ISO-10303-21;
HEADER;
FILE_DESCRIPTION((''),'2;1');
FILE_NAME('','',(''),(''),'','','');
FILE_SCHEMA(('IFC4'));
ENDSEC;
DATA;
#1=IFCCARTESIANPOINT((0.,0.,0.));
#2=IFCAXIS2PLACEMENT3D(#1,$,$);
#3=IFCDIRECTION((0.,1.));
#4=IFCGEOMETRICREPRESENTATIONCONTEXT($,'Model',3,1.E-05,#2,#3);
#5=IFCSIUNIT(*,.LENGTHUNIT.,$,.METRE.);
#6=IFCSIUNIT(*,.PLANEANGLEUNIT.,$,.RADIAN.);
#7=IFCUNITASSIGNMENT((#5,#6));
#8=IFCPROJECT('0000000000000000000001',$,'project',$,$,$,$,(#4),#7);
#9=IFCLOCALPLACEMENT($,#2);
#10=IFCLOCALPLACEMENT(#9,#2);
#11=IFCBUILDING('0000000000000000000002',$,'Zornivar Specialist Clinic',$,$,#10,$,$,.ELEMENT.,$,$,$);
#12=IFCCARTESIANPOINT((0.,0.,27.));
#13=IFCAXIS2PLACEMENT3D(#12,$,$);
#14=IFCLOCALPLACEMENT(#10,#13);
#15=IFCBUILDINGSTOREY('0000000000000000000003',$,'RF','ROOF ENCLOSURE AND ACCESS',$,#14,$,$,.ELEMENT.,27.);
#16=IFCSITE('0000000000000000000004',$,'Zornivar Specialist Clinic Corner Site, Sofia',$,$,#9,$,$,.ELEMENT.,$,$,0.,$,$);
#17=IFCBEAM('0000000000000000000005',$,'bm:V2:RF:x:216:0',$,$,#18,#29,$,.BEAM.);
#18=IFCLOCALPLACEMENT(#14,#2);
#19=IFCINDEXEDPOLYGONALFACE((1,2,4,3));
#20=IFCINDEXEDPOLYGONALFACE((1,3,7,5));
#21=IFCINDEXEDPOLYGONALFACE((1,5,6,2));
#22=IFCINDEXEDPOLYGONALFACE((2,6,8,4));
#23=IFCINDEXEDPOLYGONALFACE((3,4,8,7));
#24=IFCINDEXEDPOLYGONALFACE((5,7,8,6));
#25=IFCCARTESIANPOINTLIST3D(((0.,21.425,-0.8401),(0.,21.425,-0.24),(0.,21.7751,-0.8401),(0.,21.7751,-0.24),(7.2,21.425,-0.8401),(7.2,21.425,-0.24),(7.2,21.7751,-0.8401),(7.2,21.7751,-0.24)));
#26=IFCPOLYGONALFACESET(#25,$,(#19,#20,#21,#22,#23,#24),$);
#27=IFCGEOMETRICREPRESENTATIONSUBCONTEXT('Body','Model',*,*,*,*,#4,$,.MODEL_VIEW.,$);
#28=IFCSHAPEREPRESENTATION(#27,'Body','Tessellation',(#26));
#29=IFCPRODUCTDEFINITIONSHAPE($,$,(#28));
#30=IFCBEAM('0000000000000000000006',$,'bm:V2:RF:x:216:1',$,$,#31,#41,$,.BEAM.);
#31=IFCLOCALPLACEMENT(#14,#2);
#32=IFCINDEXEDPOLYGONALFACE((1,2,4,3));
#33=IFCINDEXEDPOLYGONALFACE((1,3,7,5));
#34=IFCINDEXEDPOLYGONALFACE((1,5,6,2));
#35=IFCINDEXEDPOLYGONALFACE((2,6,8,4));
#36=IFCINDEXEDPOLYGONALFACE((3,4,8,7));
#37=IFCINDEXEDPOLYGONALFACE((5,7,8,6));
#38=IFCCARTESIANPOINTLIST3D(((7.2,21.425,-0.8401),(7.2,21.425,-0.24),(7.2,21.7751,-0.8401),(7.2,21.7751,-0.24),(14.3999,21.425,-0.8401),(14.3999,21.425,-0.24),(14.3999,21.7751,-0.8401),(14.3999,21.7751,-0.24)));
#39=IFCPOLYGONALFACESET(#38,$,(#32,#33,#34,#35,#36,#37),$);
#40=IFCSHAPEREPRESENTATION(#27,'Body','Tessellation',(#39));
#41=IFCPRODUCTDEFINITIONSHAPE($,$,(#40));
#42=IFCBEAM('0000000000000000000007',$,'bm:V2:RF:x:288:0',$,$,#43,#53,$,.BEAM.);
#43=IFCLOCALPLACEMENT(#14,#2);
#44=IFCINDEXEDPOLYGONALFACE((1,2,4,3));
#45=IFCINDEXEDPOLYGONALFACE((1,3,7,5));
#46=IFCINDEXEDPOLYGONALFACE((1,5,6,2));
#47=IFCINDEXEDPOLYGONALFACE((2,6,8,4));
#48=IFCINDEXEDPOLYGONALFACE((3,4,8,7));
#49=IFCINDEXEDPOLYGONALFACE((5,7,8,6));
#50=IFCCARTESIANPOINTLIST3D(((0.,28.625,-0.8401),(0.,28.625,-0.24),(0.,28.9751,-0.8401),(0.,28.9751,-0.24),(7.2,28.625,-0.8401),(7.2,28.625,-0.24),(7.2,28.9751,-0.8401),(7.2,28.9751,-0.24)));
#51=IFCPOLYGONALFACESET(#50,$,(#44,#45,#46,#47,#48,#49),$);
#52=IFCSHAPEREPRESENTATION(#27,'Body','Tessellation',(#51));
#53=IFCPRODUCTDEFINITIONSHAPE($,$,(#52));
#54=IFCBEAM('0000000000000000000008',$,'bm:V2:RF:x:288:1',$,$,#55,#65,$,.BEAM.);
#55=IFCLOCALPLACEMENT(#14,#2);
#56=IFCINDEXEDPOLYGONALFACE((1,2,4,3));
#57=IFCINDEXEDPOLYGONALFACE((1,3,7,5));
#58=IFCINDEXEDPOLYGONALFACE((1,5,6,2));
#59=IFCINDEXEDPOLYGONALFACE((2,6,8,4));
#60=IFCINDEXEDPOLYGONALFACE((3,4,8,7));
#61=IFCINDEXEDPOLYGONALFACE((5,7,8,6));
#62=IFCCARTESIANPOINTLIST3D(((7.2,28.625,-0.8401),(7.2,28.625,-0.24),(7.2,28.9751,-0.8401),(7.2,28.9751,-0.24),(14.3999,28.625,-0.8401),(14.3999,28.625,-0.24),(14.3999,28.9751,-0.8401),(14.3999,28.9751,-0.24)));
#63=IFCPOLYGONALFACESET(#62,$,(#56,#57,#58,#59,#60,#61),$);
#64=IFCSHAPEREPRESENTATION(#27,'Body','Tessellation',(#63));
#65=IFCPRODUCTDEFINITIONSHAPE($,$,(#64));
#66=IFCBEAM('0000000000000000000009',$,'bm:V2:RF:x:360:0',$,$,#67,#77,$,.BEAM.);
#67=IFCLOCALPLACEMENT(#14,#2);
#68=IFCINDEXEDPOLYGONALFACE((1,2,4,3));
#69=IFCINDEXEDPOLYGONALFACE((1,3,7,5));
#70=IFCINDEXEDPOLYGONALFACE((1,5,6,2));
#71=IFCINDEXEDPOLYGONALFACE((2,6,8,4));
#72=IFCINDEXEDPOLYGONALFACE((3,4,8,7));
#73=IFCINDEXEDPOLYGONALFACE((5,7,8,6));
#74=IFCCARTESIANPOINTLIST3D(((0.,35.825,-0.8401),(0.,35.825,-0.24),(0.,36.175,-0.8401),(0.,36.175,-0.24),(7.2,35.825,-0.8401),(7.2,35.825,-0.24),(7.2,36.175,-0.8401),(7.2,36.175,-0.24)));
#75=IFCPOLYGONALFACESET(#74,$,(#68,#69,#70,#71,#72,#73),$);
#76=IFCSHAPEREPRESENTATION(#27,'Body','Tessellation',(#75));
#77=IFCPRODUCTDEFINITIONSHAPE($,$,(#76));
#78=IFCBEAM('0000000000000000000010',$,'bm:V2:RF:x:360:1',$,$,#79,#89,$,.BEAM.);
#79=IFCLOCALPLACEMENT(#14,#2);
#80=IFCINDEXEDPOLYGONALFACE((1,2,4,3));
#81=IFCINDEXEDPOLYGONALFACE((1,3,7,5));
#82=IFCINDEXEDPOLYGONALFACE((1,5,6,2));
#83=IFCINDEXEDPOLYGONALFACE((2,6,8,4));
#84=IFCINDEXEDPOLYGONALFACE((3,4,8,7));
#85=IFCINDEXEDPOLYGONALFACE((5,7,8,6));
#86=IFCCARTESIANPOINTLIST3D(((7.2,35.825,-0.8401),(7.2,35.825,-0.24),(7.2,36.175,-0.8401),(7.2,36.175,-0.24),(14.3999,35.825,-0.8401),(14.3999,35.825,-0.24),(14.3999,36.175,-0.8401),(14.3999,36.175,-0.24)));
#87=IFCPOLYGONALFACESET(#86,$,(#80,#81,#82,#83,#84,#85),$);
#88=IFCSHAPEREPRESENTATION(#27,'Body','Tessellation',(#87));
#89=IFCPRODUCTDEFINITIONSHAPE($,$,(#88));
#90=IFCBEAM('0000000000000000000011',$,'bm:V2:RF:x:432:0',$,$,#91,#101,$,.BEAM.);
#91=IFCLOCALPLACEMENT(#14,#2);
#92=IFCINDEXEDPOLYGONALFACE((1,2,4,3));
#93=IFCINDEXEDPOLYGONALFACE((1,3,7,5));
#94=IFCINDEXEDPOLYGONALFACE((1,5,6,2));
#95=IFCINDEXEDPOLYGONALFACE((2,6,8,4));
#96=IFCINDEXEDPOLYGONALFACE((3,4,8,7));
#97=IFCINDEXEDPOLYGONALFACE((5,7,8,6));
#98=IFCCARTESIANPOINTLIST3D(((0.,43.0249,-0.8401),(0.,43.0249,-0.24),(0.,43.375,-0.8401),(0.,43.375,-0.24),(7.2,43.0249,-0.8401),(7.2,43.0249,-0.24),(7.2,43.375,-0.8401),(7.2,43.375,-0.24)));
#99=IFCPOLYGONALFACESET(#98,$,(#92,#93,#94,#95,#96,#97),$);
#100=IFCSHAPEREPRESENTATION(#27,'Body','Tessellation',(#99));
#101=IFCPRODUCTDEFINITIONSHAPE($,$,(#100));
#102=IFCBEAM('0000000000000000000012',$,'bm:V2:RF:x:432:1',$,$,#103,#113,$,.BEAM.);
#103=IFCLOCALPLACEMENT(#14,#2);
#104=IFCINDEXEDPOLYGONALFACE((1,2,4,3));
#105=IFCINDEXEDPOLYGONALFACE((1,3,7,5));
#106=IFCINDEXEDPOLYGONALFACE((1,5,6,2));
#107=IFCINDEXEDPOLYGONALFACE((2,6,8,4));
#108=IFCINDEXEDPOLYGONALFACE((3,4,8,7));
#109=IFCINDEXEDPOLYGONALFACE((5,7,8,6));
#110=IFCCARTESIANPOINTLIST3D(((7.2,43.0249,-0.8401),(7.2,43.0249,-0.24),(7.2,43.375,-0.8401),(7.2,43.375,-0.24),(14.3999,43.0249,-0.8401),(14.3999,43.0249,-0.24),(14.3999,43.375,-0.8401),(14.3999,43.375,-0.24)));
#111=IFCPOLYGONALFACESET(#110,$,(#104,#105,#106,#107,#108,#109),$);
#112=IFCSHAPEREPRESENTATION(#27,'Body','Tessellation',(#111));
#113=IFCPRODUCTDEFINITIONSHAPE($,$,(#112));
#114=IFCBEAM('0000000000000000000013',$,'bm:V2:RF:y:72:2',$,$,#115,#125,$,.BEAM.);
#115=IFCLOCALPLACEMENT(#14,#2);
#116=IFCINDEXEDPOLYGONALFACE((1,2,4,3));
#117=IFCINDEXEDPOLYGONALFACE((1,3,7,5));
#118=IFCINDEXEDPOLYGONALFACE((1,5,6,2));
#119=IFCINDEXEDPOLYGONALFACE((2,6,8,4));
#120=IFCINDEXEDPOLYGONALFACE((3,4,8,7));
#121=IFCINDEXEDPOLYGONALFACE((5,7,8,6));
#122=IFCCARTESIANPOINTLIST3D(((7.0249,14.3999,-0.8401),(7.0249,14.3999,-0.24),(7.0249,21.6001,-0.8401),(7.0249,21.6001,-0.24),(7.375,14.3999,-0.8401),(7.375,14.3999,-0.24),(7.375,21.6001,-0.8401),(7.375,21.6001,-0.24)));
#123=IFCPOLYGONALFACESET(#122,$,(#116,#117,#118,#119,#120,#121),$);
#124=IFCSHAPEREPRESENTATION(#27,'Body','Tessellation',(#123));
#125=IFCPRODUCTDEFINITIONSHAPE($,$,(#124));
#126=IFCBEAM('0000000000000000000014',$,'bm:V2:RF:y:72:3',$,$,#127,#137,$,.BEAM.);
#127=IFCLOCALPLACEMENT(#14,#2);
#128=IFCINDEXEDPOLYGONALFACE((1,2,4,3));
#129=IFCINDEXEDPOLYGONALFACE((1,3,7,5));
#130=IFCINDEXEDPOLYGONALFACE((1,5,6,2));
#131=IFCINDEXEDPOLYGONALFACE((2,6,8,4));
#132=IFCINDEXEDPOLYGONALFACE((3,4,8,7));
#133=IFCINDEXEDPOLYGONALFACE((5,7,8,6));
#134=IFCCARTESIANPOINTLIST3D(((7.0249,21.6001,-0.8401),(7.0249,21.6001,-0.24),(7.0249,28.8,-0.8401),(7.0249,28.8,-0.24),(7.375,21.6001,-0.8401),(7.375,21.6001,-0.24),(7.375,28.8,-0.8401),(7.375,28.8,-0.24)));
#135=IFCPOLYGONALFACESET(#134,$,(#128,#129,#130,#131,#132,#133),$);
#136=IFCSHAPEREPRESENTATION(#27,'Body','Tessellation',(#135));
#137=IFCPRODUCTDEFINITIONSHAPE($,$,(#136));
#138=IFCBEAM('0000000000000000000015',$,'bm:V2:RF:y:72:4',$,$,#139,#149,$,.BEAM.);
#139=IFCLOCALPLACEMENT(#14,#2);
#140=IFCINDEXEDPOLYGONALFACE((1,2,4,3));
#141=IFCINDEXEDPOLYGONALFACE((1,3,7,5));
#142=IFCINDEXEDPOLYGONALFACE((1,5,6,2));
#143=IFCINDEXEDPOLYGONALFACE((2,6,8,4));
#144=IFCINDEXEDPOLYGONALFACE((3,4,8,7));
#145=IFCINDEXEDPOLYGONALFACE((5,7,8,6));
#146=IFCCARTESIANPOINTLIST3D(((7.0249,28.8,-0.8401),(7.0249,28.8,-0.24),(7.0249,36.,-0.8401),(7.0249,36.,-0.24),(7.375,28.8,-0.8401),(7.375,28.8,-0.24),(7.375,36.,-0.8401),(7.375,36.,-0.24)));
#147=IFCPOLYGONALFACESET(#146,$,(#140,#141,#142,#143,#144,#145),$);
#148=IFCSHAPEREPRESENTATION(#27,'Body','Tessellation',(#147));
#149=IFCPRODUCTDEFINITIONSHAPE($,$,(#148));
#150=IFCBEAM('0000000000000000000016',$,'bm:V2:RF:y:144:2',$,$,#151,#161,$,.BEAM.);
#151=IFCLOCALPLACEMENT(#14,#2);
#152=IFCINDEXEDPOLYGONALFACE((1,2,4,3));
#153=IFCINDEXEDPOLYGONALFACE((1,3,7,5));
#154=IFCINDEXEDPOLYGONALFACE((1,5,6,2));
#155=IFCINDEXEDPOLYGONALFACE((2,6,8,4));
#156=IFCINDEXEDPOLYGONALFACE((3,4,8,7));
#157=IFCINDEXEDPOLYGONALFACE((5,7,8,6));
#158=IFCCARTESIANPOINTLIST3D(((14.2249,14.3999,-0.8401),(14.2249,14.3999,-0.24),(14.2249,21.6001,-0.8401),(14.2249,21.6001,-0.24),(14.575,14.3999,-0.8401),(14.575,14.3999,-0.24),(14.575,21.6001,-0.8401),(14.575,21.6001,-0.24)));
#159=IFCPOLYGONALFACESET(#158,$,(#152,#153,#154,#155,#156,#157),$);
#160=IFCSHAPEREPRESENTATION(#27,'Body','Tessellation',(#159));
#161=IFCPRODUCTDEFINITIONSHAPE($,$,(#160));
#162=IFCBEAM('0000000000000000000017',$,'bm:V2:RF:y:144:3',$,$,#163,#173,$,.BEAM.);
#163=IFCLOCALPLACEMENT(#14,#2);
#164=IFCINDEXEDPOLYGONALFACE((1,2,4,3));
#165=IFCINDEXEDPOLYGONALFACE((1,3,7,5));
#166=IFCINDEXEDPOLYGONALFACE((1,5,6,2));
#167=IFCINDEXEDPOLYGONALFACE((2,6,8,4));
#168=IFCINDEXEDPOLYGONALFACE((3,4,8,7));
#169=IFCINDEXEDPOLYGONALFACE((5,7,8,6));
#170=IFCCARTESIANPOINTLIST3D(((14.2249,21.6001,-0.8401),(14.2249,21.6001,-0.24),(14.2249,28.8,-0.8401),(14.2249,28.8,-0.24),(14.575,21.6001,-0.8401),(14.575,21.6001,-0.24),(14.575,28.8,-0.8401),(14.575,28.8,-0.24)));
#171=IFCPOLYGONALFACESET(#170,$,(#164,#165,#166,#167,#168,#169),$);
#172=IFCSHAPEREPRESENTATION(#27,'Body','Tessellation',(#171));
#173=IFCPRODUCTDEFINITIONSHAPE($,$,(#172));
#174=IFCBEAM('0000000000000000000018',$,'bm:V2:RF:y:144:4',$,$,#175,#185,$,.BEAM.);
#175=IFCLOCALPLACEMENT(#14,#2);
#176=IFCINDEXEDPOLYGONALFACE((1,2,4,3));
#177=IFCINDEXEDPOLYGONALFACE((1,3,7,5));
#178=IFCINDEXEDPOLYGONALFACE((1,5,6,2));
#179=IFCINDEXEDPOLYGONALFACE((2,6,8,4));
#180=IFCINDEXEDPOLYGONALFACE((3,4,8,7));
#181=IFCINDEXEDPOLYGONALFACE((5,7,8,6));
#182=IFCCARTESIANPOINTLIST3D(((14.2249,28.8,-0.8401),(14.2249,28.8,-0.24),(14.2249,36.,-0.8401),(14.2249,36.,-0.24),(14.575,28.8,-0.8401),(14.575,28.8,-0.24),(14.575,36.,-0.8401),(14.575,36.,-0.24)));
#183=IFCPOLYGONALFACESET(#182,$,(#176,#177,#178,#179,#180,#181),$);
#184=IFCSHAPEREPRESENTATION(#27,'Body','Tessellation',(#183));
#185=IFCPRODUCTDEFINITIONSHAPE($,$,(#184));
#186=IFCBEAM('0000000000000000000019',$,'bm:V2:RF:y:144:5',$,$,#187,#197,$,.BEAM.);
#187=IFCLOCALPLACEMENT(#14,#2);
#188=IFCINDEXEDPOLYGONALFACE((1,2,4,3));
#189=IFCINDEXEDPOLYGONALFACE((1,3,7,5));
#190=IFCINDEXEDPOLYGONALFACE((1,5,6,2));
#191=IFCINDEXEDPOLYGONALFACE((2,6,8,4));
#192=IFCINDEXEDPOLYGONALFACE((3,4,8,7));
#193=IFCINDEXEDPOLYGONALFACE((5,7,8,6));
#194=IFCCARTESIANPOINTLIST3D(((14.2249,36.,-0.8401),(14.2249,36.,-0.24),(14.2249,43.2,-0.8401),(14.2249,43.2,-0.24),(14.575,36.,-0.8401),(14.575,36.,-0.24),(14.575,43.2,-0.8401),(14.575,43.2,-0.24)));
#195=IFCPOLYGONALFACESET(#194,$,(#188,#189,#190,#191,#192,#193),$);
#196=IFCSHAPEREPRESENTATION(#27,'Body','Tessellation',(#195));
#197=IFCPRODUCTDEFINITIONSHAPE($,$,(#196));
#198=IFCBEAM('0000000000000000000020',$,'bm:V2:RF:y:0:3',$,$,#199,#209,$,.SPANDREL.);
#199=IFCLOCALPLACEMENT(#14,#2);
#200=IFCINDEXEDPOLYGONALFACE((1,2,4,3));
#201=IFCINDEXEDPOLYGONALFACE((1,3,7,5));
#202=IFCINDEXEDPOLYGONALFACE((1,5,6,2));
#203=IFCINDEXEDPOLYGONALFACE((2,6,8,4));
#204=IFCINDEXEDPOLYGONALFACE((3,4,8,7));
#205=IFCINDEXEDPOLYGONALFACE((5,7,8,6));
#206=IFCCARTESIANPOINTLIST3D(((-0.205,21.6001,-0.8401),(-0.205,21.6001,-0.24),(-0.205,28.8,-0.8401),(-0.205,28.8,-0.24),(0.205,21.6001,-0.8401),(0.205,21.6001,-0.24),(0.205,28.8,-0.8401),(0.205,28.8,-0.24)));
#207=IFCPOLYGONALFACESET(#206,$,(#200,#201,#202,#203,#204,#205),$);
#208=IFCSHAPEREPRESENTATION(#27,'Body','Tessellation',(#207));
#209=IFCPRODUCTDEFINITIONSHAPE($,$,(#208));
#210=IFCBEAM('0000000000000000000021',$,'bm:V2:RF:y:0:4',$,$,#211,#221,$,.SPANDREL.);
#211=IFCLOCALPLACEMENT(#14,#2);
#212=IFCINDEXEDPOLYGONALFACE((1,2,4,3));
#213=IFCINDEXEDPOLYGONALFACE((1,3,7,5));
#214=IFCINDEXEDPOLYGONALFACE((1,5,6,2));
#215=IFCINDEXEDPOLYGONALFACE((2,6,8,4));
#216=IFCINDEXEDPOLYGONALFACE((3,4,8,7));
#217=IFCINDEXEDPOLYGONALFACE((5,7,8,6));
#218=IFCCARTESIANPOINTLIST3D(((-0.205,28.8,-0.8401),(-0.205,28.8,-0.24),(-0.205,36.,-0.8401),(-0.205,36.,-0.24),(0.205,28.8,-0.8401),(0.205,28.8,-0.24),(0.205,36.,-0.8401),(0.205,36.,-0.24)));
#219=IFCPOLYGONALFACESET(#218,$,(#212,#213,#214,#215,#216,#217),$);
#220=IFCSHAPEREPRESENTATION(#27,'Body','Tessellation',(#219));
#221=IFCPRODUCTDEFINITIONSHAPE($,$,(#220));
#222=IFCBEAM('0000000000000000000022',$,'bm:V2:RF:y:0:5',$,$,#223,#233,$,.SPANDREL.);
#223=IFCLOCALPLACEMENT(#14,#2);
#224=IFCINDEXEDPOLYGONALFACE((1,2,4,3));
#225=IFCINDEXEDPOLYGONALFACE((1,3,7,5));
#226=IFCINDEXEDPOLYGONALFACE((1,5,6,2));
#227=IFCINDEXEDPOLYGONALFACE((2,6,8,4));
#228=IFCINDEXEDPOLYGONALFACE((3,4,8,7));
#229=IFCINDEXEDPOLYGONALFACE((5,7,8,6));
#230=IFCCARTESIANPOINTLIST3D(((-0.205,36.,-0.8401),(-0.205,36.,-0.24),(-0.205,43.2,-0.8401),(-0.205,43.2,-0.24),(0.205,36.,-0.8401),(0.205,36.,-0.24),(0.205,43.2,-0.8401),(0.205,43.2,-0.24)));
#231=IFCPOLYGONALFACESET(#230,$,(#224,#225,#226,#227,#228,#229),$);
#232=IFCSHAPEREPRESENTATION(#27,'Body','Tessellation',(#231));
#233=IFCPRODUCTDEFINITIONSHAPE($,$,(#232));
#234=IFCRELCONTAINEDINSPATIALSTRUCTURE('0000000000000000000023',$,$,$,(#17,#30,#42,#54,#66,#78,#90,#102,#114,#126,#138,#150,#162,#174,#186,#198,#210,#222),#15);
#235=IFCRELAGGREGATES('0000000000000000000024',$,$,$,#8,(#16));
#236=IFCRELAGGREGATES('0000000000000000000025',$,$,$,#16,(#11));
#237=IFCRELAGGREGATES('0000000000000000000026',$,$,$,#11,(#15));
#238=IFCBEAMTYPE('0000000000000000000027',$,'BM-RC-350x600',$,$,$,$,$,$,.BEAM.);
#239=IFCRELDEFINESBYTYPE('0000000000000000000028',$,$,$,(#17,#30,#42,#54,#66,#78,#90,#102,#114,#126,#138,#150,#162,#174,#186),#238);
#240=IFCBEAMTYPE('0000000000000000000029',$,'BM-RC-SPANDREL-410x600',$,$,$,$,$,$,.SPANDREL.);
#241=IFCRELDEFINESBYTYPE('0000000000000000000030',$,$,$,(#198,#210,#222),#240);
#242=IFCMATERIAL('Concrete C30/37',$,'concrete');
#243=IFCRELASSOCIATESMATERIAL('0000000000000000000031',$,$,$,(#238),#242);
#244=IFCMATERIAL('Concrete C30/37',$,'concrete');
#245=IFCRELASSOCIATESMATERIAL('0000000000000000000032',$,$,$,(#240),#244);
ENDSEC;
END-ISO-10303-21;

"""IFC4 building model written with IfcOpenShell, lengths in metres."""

from ifc_helpers import new_model, si_unit, direction, frame, origin, origin_2d, place, context, subcontext, project, spatial, rectangle, extrude, material, material_profile, profile_set, type_object, element, save


model = new_model("IFC4")

# Units and contexts
model_context = context("Model", 3, precision=1e-05, world=origin(), true_north=direction((0.0, 1.0)))
body_context = subcontext(model_context, "Body", "Model", "MODEL_VIEW")
ifc_project = project(units=[si_unit("LENGTHUNIT", "METRE"), si_unit("PLANEANGLEUNIT", "RADIAN")], contexts=[model_context])

# Site, building, storey
site_placement = place(None, origin())
site = spatial("IfcSite", under=ifc_project, at=site_placement, Name="Zornivar Specialist Clinic Corner Site, Sofia", CompositionType="ELEMENT", RefElevation=0.0)
building_placement = place(site_placement, origin())
building = spatial("IfcBuilding", under=site, at=building_placement, Name="Zornivar Specialist Clinic", CompositionType="ELEMENT")
storey_placement = place(building_placement, frame((0.0, 0.0, 27.0)))
storey = spatial("IfcBuildingStorey", under=building, at=storey_placement, Name="RF", Description="ROOF ENCLOSURE AND ACCESS", CompositionType="ELEMENT", Elevation=27.0)

# Beams
ifc_material_1 = material(Name="Concrete C30/37", Category="concrete")
ifc_material_profile_1 = material_profile(ifc_material_1, rectangle(XDim=0.3501, YDim=0.6001, at=origin_2d()), Name="RC 350x600")
ifc_profile_set_1 = profile_set([ifc_material_profile_1], Name="Concrete C30/37")
beam_type_1 = type_object("IfcBeamType", Name="BM-RC-350x600", PredefinedType="BEAM", material=ifc_profile_set_1)
for number, where, z_axis, x_axis, name in (
    (1, (0.0, 21.6001, -0.54), (1.0, 0.0, 0.0), (0.0, 1.0, 0.0), "bm:V2:RF:x:216:0"),
    (2, (7.2, 21.6001, -0.54), (1.0, 0.0, 0.0), (0.0, 1.0, 0.0), "bm:V2:RF:x:216:1"),
    (3, (0.0, 28.8, -0.54), (1.0, 0.0, 0.0), (0.0, 1.0, 0.0), "bm:V2:RF:x:288:0"),
    (4, (7.2, 28.8, -0.54), (1.0, 0.0, 0.0), (0.0, 1.0, 0.0), "bm:V2:RF:x:288:1"),
    (5, (0.0, 36.0, -0.54), (1.0, 0.0, 0.0), (0.0, 1.0, 0.0), "bm:V2:RF:x:360:0"),
    (6, (7.2, 36.0, -0.54), (1.0, 0.0, 0.0), (0.0, 1.0, 0.0), "bm:V2:RF:x:360:1"),
    (7, (0.0, 43.2, -0.54), (1.0, 0.0, 0.0), (0.0, 1.0, 0.0), "bm:V2:RF:x:432:0"),
    (8, (7.2, 43.2, -0.54), (1.0, 0.0, 0.0), (0.0, 1.0, 0.0), "bm:V2:RF:x:432:1"),
):
    element("IfcBeam", number, at=place(storey_placement, frame(where, z_axis=z_axis, x_axis=x_axis)), inside=storey, type_object=beam_type_1, Name=name, PredefinedType="BEAM", context=body_context, shape_type="SweptSolid", body=[
        extrude(rectangle(XDim=0.3501, YDim=0.6001, at=origin_2d()), origin(), (0.0, 0.0, 1.0), 7.2),
    ])
beam_1_placement = place(storey_placement, frame((7.2, 14.3999, -0.54), z_axis=(0.0, 1.0, 0.0), x_axis=(-1.0, 0.0, 0.0)))
element("IfcBeam", 9, at=beam_1_placement, inside=storey, type_object=beam_type_1, Name="bm:V2:RF:y:72:2", PredefinedType="BEAM", context=body_context, shape_type="SweptSolid", body=[
    extrude(rectangle(XDim=0.3501, YDim=0.6001, at=origin_2d()), origin(), (0.0, 0.0, 1.0), 7.2002),
])
for number, where, z_axis, x_axis, name in (
    (10, (7.2, 21.6001, -0.54), (0.0, 1.0, 0.0), (-1.0, 0.0, 0.0), "bm:V2:RF:y:72:3"),
    (11, (7.2, 28.8, -0.54), (0.0, 1.0, 0.0), (-1.0, 0.0, 0.0), "bm:V2:RF:y:72:4"),
):
    element("IfcBeam", number, at=place(storey_placement, frame(where, z_axis=z_axis, x_axis=x_axis)), inside=storey, type_object=beam_type_1, Name=name, PredefinedType="BEAM", context=body_context, shape_type="SweptSolid", body=[
        extrude(rectangle(XDim=0.3501, YDim=0.6001, at=origin_2d()), origin(), (0.0, 0.0, 1.0), 7.2),
    ])
beam_2_placement = place(storey_placement, frame((14.3999, 14.3999, -0.54), z_axis=(0.0, 1.0, 0.0), x_axis=(-1.0, 0.0, 0.0)))
element("IfcBeam", 12, at=beam_2_placement, inside=storey, type_object=beam_type_1, Name="bm:V2:RF:y:144:2", PredefinedType="BEAM", context=body_context, shape_type="SweptSolid", body=[
    extrude(rectangle(XDim=0.3501, YDim=0.6001, at=origin_2d()), origin(), (0.0, 0.0, 1.0), 7.2002),
])
for number, where, z_axis, x_axis, name in (
    (13, (14.3999, 21.6001, -0.54), (0.0, 1.0, 0.0), (-1.0, 0.0, 0.0), "bm:V2:RF:y:144:3"),
    (14, (14.3999, 28.8, -0.54), (0.0, 1.0, 0.0), (-1.0, 0.0, 0.0), "bm:V2:RF:y:144:4"),
    (15, (14.3999, 36.0, -0.54), (0.0, 1.0, 0.0), (-1.0, 0.0, 0.0), "bm:V2:RF:y:144:5"),
):
    element("IfcBeam", number, at=place(storey_placement, frame(where, z_axis=z_axis, x_axis=x_axis)), inside=storey, type_object=beam_type_1, Name=name, PredefinedType="BEAM", context=body_context, shape_type="SweptSolid", body=[
        extrude(rectangle(XDim=0.3501, YDim=0.6001, at=origin_2d()), origin(), (0.0, 0.0, 1.0), 7.2),
    ])
ifc_material_2 = material(Name="Concrete C30/37", Category="concrete")
ifc_material_profile_2 = material_profile(ifc_material_2, rectangle(XDim=0.4099, YDim=0.6001, at=origin_2d()), Name="RC 410x600")
ifc_profile_set_2 = profile_set([ifc_material_profile_2], Name="Concrete C30/37")
beam_type_2 = type_object("IfcBeamType", Name="BM-RC-SPANDREL-410x600", PredefinedType="SPANDREL", material=ifc_profile_set_2)
for number, where, z_axis, x_axis, name in (
    (16, (0.0, 21.6001, -0.54), (0.0, 1.0, 0.0), (-1.0, 0.0, 0.0), "bm:V2:RF:y:0:3"),
    (17, (0.0, 28.8, -0.54), (0.0, 1.0, 0.0), (-1.0, 0.0, 0.0), "bm:V2:RF:y:0:4"),
    (18, (0.0, 36.0, -0.54), (0.0, 1.0, 0.0), (-1.0, 0.0, 0.0), "bm:V2:RF:y:0:5"),
):
    element("IfcBeam", number, at=place(storey_placement, frame(where, z_axis=z_axis, x_axis=x_axis)), inside=storey, type_object=beam_type_2, Name=name, PredefinedType="SPANDREL", context=body_context, shape_type="SweptSolid", body=[
        extrude(rectangle(XDim=0.4099, YDim=0.6001, at=origin_2d()), origin(), (0.0, 0.0, 1.0), 7.2),
    ])

save(model, "model.ifc")
